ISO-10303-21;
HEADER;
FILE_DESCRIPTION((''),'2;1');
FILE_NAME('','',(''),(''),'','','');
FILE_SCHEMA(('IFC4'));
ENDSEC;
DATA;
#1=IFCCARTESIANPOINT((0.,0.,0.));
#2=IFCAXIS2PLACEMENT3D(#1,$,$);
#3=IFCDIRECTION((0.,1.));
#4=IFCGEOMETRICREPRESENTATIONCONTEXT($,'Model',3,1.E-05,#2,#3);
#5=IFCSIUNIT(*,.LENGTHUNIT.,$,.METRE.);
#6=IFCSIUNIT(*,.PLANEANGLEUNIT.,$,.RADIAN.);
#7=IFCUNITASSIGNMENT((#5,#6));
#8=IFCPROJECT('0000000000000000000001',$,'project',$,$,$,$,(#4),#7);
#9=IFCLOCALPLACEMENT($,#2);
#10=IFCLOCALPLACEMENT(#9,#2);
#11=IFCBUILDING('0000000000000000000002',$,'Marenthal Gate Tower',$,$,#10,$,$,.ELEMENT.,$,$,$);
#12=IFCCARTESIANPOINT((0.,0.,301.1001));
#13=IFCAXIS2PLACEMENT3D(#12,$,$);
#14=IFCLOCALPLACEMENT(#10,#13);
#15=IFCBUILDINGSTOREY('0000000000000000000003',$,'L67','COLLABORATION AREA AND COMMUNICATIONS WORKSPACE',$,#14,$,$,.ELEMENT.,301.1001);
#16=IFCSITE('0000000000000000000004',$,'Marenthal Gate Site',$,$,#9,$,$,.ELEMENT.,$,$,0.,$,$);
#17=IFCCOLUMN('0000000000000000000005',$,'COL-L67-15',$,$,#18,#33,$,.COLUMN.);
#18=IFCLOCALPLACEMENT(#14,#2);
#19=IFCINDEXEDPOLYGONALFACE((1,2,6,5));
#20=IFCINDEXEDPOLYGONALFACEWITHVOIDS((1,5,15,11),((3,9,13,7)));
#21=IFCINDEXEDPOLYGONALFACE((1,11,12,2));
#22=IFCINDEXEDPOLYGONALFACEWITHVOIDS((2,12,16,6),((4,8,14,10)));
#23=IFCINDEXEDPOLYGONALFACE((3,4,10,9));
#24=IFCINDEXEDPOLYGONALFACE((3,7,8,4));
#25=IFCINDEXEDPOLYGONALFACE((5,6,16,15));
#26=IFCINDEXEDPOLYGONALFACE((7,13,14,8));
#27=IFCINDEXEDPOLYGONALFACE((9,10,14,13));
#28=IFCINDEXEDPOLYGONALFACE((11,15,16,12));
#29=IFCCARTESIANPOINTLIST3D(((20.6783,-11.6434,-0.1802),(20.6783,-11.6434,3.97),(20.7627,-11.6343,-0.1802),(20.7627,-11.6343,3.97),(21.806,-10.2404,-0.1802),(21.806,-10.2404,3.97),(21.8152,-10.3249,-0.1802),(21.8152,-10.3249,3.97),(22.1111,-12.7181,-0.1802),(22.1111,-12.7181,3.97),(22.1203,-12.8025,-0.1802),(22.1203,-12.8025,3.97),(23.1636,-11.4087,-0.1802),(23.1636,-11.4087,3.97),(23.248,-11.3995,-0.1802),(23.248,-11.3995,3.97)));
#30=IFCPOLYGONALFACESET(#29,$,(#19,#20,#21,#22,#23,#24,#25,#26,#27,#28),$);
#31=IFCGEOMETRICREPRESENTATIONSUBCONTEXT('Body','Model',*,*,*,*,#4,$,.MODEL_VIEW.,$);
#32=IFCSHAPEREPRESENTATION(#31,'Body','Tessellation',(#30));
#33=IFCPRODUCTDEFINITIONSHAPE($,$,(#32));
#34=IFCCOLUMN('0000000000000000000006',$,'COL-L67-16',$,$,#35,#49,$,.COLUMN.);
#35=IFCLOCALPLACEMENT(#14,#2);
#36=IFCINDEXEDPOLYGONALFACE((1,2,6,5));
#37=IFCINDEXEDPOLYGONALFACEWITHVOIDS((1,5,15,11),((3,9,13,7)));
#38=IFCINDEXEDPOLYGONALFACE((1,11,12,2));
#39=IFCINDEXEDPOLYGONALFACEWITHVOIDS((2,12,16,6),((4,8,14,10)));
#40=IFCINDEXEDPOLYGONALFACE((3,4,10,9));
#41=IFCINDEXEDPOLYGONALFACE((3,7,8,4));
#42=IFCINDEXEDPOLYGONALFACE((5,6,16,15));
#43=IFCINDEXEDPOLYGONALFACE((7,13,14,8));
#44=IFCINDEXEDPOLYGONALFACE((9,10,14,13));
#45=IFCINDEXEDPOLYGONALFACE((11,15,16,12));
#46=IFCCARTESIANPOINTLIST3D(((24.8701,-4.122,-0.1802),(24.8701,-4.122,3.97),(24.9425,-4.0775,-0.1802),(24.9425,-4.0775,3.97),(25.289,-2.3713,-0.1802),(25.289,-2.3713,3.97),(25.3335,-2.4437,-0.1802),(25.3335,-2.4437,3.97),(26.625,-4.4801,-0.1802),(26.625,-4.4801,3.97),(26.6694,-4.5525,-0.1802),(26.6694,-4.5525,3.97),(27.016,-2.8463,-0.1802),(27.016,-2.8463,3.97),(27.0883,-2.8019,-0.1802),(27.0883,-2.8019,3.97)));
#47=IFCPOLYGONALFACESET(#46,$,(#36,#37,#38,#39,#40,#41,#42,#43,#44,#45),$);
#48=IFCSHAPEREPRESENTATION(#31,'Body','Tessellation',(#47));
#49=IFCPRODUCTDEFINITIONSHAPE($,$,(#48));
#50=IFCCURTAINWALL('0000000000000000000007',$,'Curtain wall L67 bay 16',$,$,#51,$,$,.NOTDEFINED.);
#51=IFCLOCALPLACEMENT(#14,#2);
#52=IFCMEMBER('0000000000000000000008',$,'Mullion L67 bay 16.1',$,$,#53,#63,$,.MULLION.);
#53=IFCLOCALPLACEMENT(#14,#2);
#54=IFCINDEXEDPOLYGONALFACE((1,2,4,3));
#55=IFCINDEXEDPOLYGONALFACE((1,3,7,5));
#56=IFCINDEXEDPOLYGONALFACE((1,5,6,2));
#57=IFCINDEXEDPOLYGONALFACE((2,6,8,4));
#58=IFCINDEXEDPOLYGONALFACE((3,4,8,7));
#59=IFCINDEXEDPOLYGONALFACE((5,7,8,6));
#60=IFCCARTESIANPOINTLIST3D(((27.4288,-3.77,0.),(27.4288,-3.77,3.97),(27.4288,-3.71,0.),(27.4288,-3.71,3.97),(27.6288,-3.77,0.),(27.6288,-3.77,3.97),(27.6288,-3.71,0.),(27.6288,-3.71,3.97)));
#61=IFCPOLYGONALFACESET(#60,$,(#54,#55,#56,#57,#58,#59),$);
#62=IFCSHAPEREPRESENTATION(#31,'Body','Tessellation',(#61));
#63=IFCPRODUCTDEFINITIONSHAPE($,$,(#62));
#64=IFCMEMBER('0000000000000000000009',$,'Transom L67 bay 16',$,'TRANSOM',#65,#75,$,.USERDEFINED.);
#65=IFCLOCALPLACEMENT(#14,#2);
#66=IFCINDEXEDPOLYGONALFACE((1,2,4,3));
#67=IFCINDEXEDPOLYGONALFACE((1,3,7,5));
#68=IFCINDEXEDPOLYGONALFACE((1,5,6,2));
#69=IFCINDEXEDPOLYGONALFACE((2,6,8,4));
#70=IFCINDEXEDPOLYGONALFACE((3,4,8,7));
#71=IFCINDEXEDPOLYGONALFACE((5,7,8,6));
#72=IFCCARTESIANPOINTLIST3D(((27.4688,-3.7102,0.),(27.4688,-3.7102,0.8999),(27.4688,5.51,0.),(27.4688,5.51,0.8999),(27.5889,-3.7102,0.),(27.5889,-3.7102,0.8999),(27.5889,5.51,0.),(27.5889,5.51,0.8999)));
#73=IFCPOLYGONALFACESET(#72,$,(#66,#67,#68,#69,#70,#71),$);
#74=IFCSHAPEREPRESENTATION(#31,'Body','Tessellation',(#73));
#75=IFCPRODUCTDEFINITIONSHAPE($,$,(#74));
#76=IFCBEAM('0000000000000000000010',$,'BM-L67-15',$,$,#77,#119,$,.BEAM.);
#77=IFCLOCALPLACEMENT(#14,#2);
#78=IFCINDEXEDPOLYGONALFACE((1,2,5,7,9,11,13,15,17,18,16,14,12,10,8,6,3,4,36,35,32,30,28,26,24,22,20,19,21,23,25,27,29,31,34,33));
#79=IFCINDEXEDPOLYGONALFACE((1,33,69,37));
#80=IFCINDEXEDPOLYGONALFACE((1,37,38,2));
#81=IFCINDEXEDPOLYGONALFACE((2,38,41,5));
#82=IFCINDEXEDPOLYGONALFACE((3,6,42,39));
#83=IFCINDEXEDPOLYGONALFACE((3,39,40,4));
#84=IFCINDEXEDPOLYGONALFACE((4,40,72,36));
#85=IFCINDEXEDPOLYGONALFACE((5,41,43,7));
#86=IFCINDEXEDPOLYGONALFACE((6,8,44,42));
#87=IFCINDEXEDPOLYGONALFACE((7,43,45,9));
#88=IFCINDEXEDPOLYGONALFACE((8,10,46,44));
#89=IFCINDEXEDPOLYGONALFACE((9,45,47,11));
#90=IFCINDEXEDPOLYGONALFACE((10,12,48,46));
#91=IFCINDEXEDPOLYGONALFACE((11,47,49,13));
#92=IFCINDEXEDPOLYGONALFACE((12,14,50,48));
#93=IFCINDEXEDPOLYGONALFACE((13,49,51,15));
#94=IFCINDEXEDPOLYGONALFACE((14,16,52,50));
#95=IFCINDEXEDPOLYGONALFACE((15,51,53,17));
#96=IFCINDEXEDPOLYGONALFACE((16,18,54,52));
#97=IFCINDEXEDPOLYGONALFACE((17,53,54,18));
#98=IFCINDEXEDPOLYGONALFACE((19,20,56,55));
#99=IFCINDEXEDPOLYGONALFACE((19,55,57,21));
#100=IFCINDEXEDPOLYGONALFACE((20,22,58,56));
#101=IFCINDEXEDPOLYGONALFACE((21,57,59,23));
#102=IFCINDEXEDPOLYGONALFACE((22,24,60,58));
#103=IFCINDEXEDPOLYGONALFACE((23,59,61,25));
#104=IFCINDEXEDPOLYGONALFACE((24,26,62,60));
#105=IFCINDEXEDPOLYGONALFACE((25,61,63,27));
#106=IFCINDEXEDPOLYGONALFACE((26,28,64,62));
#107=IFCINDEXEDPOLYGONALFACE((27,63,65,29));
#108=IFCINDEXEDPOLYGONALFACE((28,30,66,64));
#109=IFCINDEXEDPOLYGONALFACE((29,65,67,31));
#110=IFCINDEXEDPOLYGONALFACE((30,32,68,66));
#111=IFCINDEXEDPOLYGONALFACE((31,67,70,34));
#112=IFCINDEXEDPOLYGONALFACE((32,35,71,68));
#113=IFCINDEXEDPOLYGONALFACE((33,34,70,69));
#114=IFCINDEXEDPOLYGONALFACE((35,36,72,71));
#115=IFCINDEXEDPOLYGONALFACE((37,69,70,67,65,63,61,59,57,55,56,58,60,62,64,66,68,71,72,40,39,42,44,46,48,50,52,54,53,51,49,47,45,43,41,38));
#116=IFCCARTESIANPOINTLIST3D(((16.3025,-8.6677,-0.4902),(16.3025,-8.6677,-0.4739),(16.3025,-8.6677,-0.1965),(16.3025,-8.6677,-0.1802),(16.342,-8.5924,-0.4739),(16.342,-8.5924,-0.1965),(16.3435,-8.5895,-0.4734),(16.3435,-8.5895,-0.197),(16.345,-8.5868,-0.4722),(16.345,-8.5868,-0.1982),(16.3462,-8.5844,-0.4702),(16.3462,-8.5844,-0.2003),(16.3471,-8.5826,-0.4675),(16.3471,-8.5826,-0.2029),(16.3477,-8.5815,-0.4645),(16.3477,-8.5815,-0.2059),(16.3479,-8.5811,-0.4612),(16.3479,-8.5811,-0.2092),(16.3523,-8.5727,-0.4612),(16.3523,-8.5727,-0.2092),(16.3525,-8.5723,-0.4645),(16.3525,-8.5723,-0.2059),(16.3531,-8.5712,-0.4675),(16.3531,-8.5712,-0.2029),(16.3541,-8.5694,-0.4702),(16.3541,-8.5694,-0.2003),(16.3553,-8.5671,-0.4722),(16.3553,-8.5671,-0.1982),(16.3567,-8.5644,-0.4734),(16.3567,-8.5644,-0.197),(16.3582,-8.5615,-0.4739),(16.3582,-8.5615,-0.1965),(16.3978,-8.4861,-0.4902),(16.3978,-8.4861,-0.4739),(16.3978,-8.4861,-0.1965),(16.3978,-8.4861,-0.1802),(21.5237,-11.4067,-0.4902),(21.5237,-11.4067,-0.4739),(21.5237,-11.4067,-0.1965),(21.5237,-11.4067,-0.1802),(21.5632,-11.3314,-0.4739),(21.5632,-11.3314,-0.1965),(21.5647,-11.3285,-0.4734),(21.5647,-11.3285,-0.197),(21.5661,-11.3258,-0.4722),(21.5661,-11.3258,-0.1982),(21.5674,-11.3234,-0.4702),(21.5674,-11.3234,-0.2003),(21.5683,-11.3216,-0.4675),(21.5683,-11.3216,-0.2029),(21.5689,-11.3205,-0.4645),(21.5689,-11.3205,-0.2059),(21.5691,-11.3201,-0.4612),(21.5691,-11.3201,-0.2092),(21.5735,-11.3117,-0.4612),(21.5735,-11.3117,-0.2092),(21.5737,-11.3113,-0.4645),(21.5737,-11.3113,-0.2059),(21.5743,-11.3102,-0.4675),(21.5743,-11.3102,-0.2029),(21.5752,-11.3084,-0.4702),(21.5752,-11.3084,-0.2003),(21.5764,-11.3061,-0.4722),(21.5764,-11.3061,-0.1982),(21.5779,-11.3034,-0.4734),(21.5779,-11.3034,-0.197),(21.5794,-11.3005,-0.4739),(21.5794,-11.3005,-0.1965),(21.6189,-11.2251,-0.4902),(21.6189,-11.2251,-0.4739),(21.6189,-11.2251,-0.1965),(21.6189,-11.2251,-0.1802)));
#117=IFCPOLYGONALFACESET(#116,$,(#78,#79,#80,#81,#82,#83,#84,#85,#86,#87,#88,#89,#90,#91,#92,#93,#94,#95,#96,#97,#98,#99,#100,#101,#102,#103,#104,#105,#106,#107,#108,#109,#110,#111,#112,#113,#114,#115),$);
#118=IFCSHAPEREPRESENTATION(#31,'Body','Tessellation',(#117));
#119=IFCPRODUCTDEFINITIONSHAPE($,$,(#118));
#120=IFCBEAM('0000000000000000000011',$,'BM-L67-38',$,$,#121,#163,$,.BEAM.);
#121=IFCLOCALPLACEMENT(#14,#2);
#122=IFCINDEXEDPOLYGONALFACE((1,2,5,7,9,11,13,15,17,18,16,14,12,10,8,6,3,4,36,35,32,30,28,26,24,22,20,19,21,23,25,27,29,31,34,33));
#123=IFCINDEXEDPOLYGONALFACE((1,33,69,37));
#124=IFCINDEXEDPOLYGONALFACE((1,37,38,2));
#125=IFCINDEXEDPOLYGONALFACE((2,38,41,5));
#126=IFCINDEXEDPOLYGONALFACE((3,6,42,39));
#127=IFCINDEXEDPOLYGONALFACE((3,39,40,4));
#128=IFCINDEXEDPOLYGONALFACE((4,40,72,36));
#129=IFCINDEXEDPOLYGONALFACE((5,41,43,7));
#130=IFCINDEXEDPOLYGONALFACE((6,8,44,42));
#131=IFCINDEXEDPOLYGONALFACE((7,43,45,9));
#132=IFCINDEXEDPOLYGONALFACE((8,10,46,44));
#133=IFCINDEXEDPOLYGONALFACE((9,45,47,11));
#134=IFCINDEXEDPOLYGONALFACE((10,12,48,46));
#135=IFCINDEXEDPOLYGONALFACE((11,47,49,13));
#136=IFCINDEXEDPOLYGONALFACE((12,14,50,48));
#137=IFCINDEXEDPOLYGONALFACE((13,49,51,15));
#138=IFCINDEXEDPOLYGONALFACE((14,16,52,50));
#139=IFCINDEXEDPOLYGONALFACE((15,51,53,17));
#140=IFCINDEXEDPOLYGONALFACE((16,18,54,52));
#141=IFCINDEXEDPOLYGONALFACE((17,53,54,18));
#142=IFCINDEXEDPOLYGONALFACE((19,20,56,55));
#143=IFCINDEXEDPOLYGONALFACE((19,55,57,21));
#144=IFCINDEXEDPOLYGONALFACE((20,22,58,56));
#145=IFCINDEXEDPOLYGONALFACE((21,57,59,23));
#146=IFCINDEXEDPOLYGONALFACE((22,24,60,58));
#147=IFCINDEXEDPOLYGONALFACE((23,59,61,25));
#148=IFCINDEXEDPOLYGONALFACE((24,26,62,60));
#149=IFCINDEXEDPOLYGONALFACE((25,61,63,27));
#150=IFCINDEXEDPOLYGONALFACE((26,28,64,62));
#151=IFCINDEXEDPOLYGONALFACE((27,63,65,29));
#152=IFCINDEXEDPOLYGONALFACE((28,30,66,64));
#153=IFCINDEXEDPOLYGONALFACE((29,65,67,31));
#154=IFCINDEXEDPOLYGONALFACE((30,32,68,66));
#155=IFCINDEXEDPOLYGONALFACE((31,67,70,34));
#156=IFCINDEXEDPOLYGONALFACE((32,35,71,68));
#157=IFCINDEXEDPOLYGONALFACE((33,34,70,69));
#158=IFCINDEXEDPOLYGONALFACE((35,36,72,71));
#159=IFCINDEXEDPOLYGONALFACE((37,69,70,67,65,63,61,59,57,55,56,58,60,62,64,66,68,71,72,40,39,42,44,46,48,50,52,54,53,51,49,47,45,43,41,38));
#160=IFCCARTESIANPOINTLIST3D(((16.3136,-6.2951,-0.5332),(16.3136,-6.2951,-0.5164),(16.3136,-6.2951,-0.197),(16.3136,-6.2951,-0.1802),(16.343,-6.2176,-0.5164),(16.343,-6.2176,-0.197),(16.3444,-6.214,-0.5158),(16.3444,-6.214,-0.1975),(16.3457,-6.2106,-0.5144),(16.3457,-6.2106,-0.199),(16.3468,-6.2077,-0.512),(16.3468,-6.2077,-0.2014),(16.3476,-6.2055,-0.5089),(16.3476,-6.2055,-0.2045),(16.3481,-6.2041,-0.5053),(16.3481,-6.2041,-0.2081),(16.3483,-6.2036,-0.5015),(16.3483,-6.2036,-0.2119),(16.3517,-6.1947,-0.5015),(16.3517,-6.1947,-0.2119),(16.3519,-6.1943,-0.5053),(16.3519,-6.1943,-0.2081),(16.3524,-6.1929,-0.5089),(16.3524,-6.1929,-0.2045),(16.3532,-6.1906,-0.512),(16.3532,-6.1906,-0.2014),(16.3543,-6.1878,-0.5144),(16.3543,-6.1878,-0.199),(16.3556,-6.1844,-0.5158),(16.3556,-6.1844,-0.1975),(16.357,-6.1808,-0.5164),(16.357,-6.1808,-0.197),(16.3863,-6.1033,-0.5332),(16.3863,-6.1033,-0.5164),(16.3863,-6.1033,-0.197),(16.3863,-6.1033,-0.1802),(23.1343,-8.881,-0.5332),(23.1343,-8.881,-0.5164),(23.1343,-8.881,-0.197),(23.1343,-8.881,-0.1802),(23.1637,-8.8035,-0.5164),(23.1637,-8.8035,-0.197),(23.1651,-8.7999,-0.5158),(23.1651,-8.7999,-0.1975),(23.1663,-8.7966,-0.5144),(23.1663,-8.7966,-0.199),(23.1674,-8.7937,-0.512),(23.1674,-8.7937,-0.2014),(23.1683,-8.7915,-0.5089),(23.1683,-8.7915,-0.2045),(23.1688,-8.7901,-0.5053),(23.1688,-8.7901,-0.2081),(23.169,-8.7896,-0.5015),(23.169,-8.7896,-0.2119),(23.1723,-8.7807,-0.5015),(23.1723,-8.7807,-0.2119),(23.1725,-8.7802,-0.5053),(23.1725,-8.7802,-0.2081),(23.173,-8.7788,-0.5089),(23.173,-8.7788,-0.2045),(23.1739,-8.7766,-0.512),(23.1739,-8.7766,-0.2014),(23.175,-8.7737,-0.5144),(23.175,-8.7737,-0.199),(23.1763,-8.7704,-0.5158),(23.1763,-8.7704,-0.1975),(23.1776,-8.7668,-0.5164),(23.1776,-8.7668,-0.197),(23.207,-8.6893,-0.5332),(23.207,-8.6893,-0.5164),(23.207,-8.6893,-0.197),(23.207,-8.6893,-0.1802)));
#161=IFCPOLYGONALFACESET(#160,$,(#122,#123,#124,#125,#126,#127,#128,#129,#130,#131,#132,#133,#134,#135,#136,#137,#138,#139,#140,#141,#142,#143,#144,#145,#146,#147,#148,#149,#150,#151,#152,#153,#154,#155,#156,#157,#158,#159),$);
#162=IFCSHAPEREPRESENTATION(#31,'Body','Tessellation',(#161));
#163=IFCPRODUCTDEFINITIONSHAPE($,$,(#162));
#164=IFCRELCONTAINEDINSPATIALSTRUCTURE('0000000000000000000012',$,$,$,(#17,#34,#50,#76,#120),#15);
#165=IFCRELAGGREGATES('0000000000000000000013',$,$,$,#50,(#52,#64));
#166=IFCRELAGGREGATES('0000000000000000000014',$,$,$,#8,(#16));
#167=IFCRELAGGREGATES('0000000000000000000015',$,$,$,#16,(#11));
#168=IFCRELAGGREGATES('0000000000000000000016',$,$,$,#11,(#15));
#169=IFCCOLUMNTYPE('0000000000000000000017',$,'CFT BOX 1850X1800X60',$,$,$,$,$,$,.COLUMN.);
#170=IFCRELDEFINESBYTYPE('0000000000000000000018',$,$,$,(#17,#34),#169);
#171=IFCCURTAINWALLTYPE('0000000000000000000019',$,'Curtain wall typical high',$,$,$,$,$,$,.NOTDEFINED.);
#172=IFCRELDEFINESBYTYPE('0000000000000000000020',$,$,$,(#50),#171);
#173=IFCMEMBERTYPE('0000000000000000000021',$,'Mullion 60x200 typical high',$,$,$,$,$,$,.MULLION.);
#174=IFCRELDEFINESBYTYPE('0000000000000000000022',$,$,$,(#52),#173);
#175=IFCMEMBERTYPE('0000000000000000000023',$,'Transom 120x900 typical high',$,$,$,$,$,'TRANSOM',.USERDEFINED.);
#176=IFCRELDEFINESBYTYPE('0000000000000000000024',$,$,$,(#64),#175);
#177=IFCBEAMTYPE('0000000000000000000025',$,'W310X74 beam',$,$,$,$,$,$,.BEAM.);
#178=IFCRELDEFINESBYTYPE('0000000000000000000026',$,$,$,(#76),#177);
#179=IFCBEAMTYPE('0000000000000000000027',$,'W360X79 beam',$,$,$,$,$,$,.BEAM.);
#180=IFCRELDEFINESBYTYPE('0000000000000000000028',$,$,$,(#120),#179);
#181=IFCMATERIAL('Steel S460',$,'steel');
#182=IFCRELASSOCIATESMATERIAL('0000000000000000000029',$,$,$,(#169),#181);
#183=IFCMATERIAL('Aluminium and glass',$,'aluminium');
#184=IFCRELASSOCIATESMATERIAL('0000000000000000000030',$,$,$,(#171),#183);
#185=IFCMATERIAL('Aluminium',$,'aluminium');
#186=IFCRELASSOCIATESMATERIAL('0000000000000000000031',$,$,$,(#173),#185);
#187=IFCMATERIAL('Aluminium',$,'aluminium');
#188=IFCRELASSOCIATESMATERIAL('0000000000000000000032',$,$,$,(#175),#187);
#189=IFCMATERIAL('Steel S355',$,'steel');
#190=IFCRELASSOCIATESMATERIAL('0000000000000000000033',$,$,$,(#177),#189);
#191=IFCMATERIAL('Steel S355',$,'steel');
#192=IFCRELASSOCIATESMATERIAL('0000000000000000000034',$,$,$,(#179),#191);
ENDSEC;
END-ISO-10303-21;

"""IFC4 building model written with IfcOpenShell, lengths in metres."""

from ifc_helpers import new_model, si_unit, direction, frame, origin, origin_2d, place, context, subcontext, project, spatial, rectangle, hollow_rectangle, i_section, extrude, material, material_profile, profile_set, type_object, element, aggregate, save


model = new_model("IFC4")

# Units and contexts
model_context = context("Model", 3, precision=1e-05, world=origin(), true_north=direction((0.0, 1.0)))
body_context = subcontext(model_context, "Body", "Model", "MODEL_VIEW")
ifc_project = project(units=[si_unit("LENGTHUNIT", "METRE"), si_unit("PLANEANGLEUNIT", "RADIAN")], contexts=[model_context])

# Site, building, storey
site_placement = place(None, origin())
site = spatial("IfcSite", under=ifc_project, at=site_placement, Name="Marenthal Gate Site", CompositionType="ELEMENT", RefElevation=0.0)
building_placement = place(site_placement, origin())
building = spatial("IfcBuilding", under=site, at=building_placement, Name="Marenthal Gate Tower", CompositionType="ELEMENT")
storey_placement = place(building_placement, frame((0.0, 0.0, 301.1001)))
storey = spatial("IfcBuildingStorey", under=building, at=storey_placement, Name="L67", Description="COLLABORATION AREA AND COMMUNICATIONS WORKSPACE", CompositionType="ELEMENT", Elevation=301.1001)

# Columns
ifc_material_1 = material(Name="Steel S460", Category="steel")
ifc_material_profile_1 = material_profile(ifc_material_1, hollow_rectangle(XDim=1.8, YDim=1.8501, WallThickness=0.0601, at=origin_2d()), Name="CFT BOX 1850X1800X60")
ifc_material_2 = material(Name="Concrete 70 MPa", Category="concrete")
ifc_material_profile_2 = material_profile(ifc_material_2, rectangle(XDim=1.6799, YDim=1.73, at=origin_2d()), Name="CFT BOX 1850X1800X60 INFILL")
ifc_profile_set_1 = profile_set([ifc_material_profile_1, ifc_material_profile_2], Name="Steel S460 shell, Concrete 70 MPa infill")
column_type = type_object("IfcColumnType", Name="CFT BOX 1850X1800X60", PredefinedType="COLUMN", material=ifc_profile_set_1)
for number, where, z_axis, x_axis, name in (
    (1, (21.9631, -11.5215, -0.1802), (0.0, 0.0, 1.0), (-0.626499, -0.779422, 0.0), "COL-L67-15"),
    (2, (25.9792, -3.4619, -0.1802), (0.0, 0.0, 1.0), (-0.232716, -0.972545, 0.0), "COL-L67-16"),
):
    element("IfcColumn", number, at=place(storey_placement, frame(where, z_axis=z_axis, x_axis=x_axis)), inside=storey, type_object=column_type, Name=name, PredefinedType="COLUMN", context=body_context, shape_type="SweptSolid", body=[
        extrude(hollow_rectangle(XDim=1.8, YDim=1.8501, WallThickness=0.0601, at=origin_2d()), origin(), (0.0, 0.0, 1.0), 4.1501),
    ])

# Curtain wall, members
ifc_material_3 = material(Name="Aluminium and glass", Category="aluminium")
curtain_wall_type = type_object("IfcCurtainWallType", Name="Curtain wall typical high", PredefinedType="NOTDEFINED", material=ifc_material_3)
curtain_wall_placement = place(storey_placement, origin())
curtain_wall = element("IfcCurtainWall", 3, at=curtain_wall_placement, inside=storey, type_object=curtain_wall_type, Name="Curtain wall L67 bay 16", PredefinedType="NOTDEFINED")
ifc_material_4 = material(Name="Aluminium", Category="aluminium")
ifc_material_profile_3 = material_profile(ifc_material_4, rectangle(XDim=0.2, YDim=0.0601, at=origin_2d()), Name="60x200 aluminium mullion")
ifc_profile_set_2 = profile_set([ifc_material_profile_3], Name="Aluminium")
member_type_1 = type_object("IfcMemberType", Name="Mullion 60x200 typical high", PredefinedType="MULLION", material=ifc_profile_set_2)
member_1_placement = place(storey_placement, frame((27.5288, -3.74, 0.0), z_axis=(0.0, 0.0, 1.0), x_axis=(-1.0, 0.0, 0.0)))
member_1 = element("IfcMember", 4, at=member_1_placement, type_object=member_type_1, Name="Mullion L67 bay 16.1", PredefinedType="MULLION", context=body_context, shape_type="SweptSolid", body=[
    extrude(rectangle(XDim=0.2, YDim=0.0601, at=origin_2d()), origin(), (0.0, 0.0, 1.0), 3.97),
])
ifc_material_5 = material(Name="Aluminium", Category="aluminium")
ifc_material_profile_4 = material_profile(ifc_material_5, rectangle(XDim=0.1201, YDim=0.8999, at=origin_2d()), Name="120x900 aluminium transom")
ifc_profile_set_3 = profile_set([ifc_material_profile_4], Name="Aluminium")
member_type_2 = type_object("IfcMemberType", Name="Transom 120x900 typical high", ElementType="TRANSOM", PredefinedType="USERDEFINED", material=ifc_profile_set_3)
member_2_placement = place(storey_placement, frame((27.5288, -3.7102, 0.45), z_axis=(0.0, 1.0, 0.0), x_axis=(-1.0, 0.0, 0.0)))
member_2 = element("IfcMember", 5, at=member_2_placement, type_object=member_type_2, Name="Transom L67 bay 16", ObjectType="TRANSOM", PredefinedType="USERDEFINED", context=body_context, shape_type="SweptSolid", body=[
    extrude(rectangle(XDim=0.1201, YDim=0.8999, at=origin_2d()), origin(), (0.0, 0.0, 1.0), 9.2202),
])

# Beams
ifc_material_6 = material(Name="Steel S355", Category="steel")
ifc_material_profile_5 = material_profile(ifc_material_6, i_section(OverallWidth=0.2051, OverallDepth=0.3101, WebThickness=0.0095, FlangeThickness=0.0164, FilletRadius=0.0127, at=origin_2d()), Name="W310X74")
ifc_profile_set_4 = profile_set([ifc_material_profile_5], Name="Steel S355")
beam_type_1 = type_object("IfcBeamType", Name="W310X74 beam", PredefinedType="BEAM", material=ifc_profile_set_4)
beam_1_placement = place(storey_placement, frame((21.5713, -11.3159, -0.3352), z_axis=(-0.885545, 0.464553, 0.0), x_axis=(-0.464553, -0.885545, 0.0)))
element("IfcBeam", 6, at=beam_1_placement, inside=storey, type_object=beam_type_1, Name="BM-L67-15", PredefinedType="BEAM", context=body_context, shape_type="SweptSolid", body=[
    extrude(i_section(OverallWidth=0.2051, OverallDepth=0.3101, WebThickness=0.0095, FlangeThickness=0.0164, FilletRadius=0.0127, at=origin_2d()), origin(), (0.0, 0.0, 1.0), 5.896),
])
ifc_material_7 = material(Name="Steel S355", Category="steel")
ifc_material_profile_6 = material_profile(ifc_material_7, i_section(OverallWidth=0.2051, OverallDepth=0.353, WebThickness=0.0095, FlangeThickness=0.0168, FilletRadius=0.0149, at=origin_2d()), Name="W360X79")
ifc_profile_set_5 = profile_set([ifc_material_profile_6], Name="Steel S355")
beam_type_2 = type_object("IfcBeamType", Name="W360X79 beam", PredefinedType="BEAM", material=ifc_profile_set_5)
beam_2_placement = place(storey_placement, frame((23.1707, -8.7852, -0.3567), z_axis=(-0.935051, 0.354514, 0.0), x_axis=(-0.354514, -0.935051, 0.0)))
element("IfcBeam", 7, at=beam_2_placement, inside=storey, type_object=beam_type_2, Name="BM-L67-38", PredefinedType="BEAM", context=body_context, shape_type="SweptSolid", body=[
    extrude(i_section(OverallWidth=0.2051, OverallDepth=0.353, WebThickness=0.0095, FlangeThickness=0.0168, FilletRadius=0.0149, at=origin_2d()), origin(), (0.0, 0.0, 1.0), 7.2944),
])

aggregate(curtain_wall, [member_1, member_2])

save(model, "model.ifc")
